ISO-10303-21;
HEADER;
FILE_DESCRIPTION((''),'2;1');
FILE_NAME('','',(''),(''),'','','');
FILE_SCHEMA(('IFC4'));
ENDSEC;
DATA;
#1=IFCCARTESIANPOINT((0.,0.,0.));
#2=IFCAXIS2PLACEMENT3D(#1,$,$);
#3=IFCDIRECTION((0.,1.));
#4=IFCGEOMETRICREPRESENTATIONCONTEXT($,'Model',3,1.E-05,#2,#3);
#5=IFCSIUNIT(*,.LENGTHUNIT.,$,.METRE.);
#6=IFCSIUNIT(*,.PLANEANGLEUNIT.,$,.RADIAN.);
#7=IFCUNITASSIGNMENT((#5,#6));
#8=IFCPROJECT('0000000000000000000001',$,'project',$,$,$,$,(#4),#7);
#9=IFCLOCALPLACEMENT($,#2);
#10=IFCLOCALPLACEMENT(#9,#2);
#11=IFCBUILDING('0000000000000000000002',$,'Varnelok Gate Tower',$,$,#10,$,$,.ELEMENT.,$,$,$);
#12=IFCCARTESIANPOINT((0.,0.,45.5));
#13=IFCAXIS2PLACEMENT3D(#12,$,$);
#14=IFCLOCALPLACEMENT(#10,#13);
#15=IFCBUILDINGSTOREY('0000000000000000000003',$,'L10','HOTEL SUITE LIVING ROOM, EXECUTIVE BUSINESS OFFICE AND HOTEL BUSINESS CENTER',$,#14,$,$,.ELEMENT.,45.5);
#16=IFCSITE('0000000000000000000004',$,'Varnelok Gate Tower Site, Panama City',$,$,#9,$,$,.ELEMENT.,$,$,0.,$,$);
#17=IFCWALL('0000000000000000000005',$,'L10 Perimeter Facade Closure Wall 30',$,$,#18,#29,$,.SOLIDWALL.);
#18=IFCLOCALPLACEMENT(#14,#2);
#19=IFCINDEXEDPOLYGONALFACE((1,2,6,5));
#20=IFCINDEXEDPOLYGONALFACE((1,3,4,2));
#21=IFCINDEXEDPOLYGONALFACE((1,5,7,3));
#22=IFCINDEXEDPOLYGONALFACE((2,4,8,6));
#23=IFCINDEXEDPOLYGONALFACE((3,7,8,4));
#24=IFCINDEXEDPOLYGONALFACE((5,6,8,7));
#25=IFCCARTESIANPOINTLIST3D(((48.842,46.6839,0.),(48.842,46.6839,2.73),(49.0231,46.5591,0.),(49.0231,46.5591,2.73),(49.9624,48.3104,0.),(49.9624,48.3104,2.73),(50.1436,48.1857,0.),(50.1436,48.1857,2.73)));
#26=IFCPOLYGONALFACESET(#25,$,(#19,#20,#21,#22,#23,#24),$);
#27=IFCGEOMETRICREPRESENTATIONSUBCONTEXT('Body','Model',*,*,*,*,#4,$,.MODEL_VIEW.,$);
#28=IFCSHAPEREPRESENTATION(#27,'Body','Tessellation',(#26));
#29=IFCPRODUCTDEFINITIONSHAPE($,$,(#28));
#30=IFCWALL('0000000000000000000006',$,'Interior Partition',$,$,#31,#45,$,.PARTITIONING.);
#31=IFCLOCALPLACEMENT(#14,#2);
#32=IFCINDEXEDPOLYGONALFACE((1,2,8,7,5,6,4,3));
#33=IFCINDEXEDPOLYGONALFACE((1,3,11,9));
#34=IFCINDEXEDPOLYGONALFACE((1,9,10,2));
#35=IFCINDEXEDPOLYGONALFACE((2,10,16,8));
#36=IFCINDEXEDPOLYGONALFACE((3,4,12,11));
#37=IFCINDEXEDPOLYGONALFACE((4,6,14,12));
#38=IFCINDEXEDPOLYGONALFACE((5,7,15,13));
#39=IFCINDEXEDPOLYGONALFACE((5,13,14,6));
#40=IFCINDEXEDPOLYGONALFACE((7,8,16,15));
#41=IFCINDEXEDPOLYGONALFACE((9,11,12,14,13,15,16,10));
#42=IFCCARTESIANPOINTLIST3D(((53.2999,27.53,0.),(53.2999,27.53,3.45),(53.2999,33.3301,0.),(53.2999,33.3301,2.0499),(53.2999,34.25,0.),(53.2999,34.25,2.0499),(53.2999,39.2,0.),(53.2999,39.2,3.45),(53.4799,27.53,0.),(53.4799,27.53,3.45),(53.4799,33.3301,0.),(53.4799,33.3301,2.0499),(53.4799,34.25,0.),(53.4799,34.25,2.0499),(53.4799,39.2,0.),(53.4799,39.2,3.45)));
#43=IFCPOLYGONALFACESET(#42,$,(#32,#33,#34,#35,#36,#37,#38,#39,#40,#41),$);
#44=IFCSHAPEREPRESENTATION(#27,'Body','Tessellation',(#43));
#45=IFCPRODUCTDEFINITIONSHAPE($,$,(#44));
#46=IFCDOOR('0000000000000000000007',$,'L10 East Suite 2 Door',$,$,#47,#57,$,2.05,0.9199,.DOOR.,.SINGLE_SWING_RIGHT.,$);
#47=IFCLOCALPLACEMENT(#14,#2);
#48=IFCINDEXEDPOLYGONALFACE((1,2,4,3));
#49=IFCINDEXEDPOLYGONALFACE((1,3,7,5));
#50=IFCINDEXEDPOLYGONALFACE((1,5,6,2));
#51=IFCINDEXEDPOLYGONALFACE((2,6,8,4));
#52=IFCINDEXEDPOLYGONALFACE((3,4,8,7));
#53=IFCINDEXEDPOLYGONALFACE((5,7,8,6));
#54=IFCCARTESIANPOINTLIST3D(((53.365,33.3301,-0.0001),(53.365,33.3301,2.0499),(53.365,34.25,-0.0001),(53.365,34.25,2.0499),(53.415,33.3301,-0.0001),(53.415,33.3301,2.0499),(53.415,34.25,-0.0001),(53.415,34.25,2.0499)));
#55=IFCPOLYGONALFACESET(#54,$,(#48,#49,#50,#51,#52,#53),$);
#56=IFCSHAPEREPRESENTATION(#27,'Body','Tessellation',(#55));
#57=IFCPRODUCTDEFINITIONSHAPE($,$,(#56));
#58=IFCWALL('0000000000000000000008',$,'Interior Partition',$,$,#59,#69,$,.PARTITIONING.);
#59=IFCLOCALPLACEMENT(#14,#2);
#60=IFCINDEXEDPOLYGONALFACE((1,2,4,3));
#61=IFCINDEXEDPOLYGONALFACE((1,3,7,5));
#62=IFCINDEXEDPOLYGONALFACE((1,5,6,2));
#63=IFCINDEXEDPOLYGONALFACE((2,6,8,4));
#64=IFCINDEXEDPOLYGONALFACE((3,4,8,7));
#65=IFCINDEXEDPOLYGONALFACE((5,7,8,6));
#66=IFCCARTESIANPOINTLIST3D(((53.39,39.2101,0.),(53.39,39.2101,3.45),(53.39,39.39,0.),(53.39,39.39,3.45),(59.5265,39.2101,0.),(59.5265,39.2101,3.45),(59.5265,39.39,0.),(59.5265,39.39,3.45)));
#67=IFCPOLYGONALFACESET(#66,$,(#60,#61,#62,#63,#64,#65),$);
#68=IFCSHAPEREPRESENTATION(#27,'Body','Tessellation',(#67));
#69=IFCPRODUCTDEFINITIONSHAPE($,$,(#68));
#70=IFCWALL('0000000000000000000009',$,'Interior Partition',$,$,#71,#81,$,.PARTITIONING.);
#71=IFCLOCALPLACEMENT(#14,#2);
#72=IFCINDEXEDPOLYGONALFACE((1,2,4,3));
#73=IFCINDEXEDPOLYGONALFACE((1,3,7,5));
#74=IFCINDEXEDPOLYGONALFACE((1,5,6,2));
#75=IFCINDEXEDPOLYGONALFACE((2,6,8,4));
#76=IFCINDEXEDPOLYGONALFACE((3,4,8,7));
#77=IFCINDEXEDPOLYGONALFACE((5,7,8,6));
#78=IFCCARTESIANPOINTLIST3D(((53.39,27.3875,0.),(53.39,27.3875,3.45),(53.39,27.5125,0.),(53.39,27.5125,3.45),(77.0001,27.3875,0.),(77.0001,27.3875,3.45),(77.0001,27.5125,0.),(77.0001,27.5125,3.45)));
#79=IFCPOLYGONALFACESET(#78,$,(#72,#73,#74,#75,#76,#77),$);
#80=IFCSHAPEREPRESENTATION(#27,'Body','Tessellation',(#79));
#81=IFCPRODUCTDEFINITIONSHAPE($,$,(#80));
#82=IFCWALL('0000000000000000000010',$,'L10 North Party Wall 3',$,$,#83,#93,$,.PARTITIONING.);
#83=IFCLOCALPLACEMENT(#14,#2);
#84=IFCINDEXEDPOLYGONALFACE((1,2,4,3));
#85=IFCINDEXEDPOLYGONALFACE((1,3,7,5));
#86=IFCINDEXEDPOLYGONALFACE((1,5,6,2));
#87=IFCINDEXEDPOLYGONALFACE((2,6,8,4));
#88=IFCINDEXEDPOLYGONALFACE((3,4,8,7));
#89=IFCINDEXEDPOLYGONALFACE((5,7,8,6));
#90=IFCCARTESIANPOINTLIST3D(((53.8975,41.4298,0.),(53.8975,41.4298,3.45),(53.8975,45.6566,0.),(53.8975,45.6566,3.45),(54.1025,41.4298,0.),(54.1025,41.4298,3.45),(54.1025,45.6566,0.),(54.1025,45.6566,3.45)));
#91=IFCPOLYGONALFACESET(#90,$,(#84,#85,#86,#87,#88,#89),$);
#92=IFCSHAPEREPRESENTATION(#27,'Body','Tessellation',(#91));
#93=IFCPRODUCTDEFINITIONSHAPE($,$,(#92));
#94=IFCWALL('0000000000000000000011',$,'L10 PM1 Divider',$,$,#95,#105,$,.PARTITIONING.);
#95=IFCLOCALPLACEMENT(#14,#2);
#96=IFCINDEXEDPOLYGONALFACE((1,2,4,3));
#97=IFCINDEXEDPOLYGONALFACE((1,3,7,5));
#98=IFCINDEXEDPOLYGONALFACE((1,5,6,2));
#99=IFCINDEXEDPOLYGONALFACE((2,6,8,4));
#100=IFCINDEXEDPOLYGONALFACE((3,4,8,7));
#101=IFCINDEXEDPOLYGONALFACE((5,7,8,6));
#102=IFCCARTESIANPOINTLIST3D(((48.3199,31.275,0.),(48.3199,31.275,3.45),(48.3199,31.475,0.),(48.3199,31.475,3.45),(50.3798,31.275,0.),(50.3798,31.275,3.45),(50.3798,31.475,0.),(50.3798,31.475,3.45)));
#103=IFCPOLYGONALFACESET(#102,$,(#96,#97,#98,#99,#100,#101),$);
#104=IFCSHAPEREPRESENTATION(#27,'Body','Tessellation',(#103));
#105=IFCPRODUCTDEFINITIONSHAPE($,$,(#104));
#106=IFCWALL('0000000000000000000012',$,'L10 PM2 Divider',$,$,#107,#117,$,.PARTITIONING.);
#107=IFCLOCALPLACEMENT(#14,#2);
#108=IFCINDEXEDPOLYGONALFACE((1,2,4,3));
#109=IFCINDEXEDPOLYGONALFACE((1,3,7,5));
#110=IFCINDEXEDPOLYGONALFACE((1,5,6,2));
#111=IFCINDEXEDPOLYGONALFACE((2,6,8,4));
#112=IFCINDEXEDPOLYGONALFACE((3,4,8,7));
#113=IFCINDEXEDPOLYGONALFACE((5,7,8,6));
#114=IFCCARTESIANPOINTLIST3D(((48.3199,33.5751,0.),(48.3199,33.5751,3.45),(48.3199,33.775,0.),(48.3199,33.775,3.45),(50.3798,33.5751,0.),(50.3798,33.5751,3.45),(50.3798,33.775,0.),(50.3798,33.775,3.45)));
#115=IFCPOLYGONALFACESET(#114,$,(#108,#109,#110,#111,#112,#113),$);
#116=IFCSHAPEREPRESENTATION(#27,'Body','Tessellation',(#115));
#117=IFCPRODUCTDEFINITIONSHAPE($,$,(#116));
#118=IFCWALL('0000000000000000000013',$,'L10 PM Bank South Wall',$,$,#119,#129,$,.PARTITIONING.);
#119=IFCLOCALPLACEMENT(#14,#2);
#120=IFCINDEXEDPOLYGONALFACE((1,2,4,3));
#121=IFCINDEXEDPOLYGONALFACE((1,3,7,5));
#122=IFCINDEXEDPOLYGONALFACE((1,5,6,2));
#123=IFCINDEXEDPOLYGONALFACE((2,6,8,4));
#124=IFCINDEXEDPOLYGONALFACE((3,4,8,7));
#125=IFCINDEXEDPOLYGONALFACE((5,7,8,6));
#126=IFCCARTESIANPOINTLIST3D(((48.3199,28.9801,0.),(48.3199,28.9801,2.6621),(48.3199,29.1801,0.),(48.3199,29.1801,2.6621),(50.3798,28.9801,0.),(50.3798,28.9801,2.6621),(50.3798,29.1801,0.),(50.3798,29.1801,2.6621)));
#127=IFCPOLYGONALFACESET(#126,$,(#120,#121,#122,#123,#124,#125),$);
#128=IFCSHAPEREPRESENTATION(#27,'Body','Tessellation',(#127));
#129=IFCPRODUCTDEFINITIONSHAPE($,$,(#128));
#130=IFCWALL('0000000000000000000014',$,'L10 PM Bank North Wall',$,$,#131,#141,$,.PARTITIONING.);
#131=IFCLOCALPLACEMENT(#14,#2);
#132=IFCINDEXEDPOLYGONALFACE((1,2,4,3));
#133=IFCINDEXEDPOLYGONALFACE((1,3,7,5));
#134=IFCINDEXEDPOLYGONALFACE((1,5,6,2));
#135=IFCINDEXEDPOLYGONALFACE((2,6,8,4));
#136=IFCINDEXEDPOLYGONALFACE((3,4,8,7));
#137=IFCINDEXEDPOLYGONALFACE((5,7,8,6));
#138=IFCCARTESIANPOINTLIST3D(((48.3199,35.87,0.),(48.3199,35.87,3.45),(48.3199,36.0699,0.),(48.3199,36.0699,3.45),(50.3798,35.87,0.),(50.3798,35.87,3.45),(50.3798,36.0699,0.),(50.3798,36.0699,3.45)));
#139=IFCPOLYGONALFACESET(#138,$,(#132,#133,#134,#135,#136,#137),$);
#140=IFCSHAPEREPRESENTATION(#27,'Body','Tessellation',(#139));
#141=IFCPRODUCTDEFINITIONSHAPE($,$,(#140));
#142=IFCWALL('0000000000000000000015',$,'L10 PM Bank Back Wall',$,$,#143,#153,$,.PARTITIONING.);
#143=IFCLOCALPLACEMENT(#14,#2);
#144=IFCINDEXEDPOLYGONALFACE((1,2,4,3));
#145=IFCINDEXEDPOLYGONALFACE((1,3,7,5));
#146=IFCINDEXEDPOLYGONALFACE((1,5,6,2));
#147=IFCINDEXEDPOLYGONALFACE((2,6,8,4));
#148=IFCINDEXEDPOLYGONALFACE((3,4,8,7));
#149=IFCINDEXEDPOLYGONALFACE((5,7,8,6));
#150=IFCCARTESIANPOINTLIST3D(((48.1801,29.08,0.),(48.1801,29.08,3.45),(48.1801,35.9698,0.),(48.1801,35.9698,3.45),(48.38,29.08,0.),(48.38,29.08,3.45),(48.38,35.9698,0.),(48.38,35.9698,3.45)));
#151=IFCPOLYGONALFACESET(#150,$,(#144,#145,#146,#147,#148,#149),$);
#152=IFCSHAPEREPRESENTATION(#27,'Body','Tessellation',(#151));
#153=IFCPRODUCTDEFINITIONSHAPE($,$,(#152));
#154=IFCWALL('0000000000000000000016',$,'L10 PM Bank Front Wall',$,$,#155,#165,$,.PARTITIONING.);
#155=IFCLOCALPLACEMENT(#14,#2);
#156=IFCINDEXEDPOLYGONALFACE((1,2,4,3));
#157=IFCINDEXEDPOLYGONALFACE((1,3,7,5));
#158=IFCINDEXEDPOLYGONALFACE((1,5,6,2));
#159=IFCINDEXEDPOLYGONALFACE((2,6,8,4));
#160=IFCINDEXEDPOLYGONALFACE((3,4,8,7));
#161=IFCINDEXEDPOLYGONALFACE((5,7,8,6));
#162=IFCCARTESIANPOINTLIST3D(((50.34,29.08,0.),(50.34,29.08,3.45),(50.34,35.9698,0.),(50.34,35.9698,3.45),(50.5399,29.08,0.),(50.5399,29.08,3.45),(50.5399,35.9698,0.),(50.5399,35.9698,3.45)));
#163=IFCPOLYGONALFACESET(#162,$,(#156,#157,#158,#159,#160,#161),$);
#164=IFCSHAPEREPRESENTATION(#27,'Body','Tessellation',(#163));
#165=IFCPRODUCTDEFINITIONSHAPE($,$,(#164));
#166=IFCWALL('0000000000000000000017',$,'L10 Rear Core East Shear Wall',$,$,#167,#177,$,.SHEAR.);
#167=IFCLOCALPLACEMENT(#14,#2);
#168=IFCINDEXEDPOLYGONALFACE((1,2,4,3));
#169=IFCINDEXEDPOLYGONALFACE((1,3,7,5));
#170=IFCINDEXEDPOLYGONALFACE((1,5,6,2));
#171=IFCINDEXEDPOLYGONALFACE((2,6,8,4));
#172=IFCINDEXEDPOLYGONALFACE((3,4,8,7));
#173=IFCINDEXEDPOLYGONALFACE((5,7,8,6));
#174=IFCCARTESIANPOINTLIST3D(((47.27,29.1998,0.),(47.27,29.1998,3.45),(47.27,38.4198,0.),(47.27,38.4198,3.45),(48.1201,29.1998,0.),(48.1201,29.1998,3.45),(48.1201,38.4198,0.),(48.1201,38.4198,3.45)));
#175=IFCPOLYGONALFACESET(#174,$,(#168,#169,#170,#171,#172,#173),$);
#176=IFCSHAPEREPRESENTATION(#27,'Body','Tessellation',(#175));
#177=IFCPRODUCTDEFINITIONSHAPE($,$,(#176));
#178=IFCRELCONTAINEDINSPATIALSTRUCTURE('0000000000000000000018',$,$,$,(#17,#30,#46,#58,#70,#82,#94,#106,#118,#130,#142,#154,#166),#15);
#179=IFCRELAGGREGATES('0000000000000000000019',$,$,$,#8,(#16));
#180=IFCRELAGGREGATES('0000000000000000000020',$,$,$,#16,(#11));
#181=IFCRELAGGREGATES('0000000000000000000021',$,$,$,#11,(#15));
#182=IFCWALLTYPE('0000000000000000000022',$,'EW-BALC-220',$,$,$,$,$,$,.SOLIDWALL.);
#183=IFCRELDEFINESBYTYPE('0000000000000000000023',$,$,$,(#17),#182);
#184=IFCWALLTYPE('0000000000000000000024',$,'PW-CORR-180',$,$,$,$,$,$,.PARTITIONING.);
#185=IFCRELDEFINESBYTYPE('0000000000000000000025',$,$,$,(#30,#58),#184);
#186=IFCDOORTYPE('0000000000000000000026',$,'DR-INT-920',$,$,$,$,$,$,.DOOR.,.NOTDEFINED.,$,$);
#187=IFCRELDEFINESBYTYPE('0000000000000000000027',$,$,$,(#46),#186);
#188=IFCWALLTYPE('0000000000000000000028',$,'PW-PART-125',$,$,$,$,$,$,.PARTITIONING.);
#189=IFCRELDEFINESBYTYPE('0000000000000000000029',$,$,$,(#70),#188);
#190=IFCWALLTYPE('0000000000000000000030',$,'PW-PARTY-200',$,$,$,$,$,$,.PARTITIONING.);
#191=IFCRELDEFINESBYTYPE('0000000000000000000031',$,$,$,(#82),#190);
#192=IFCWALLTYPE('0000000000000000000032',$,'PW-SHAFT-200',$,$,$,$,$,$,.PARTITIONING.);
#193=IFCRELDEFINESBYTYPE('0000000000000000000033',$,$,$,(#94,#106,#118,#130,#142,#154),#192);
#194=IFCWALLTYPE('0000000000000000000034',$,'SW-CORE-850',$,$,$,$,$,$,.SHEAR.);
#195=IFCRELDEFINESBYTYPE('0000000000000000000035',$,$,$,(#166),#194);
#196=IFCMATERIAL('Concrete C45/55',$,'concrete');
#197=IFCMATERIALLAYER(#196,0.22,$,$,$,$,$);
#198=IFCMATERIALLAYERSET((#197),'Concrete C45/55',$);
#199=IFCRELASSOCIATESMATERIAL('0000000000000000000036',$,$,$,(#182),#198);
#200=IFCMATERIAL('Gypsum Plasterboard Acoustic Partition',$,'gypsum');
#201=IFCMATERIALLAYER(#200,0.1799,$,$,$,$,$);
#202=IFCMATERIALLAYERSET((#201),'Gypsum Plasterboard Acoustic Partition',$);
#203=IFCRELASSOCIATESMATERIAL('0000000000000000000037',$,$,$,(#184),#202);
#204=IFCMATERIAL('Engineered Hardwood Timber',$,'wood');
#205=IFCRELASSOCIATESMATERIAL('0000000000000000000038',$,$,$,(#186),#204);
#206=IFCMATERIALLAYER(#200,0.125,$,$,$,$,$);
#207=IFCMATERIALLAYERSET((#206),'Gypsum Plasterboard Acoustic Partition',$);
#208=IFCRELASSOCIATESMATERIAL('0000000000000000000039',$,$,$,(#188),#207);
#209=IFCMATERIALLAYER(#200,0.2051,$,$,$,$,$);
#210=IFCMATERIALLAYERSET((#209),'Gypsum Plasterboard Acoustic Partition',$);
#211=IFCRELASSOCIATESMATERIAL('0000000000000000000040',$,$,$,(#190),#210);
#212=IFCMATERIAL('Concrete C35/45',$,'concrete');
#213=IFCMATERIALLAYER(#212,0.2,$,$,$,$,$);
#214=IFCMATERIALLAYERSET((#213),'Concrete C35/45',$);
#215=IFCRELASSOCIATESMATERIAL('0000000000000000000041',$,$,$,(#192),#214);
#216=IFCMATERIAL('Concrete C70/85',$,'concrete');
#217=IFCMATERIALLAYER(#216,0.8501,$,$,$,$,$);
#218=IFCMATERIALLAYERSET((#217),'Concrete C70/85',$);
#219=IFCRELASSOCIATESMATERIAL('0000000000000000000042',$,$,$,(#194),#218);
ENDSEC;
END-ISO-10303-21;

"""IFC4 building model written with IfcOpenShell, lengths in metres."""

from ifc_helpers import new_model, si_unit, direction, frame, frame_2d, origin, place, context, subcontext, project, spatial, rectangle, extrude, material, layer, layer_set, type_object, element, fill, save


model = new_model("IFC4")

# Units and contexts
model_context = context("Model", 3, precision=1e-05, world=origin(), true_north=direction((0.0, 1.0)))
body_context = subcontext(model_context, "Body", "Model", "MODEL_VIEW")
ifc_project = project(units=[si_unit("LENGTHUNIT", "METRE"), si_unit("PLANEANGLEUNIT", "RADIAN")], contexts=[model_context])

# Site, building, storey
site_placement = place(None, origin())
site = spatial("IfcSite", under=ifc_project, at=site_placement, Name="Varnelok Gate Tower Site, Panama City", CompositionType="ELEMENT", RefElevation=0.0)
building_placement = place(site_placement, origin())
building = spatial("IfcBuilding", under=site, at=building_placement, Name="Varnelok Gate Tower", CompositionType="ELEMENT")
storey_placement = place(building_placement, frame((0.0, 0.0, 45.5)))
storey = spatial("IfcBuildingStorey", under=building, at=storey_placement, Name="L10", Description="HOTEL SUITE LIVING ROOM, EXECUTIVE BUSINESS OFFICE AND HOTEL BUSINESS CENTER", CompositionType="ELEMENT", Elevation=45.5)

# Shared definitions
ifc_material_1 = material(Name="Concrete C70/85", Category="concrete")

# Wall
ifc_material_2 = material(Name="Concrete C45/55", Category="concrete")
ifc_layer_1 = layer(ifc_material_2, 0.22)
ifc_layer_set_1 = layer_set([ifc_layer_1], Name="Concrete C45/55")
wall_type_1 = type_object("IfcWallType", Name="EW-BALC-220", PredefinedType="SOLIDWALL", material=ifc_layer_set_1)
wall_1_placement = place(storey_placement, frame((50.053, 48.248, 0.0), z_axis=(0.0, 0.0, 1.0), x_axis=(-0.567274, -0.823529, 0.0)))
element("IfcWall", 1, at=wall_1_placement, inside=storey, type_object=wall_type_1, Name="L10 Perimeter Facade Closure Wall 30", PredefinedType="SOLIDWALL", context=body_context, shape_type="SweptSolid", body=[
    extrude(rectangle(XDim=1.9751, YDim=0.22, at=frame_2d((0.9875, 0.0))), origin(), (0.0, 0.0, 1.0), 2.73),
])

# Wall, opening, door
ifc_material_3 = material(Name="Gypsum Plasterboard Acoustic Partition", Category="gypsum")
ifc_layer_2 = layer(ifc_material_3, 0.1799)
ifc_layer_set_2 = layer_set([ifc_layer_2], Name="Gypsum Plasterboard Acoustic Partition")
wall_type_2 = type_object("IfcWallType", Name="PW-CORR-180", PredefinedType="PARTITIONING", material=ifc_layer_set_2)
wall_2_placement = place(storey_placement, frame((53.3899, 27.53, 0.0), z_axis=(0.0, 0.0, 1.0), x_axis=(0.0, 1.0, 0.0)))
wall_2 = element("IfcWall", 2, at=wall_2_placement, inside=storey, type_object=wall_type_2, Name="Interior Partition", PredefinedType="PARTITIONING", context=body_context, shape_type="SweptSolid", body=[
    extrude(rectangle(XDim=11.6699, YDim=0.1799, at=frame_2d((5.835, 0.0))), origin(), (0.0, 0.0, 1.0), 3.45),
])
opening_placement = place(wall_2_placement, frame((5.8, 0.0, 0.0)))
opening = element("IfcOpeningElement", 3, at=opening_placement, cuts=wall_2, PredefinedType="OPENING", context=body_context, shape_type="SweptSolid", body=[
    extrude(rectangle(XDim=0.9199, YDim=2.05, at=frame_2d((0.46, 1.0249))), frame((0.0, 0.0999, 0.0), z_axis=(0.0, -1.0, 0.0), x_axis=(1.0, 0.0, 0.0)), (0.0, 0.0, 1.0), 0.2),
])
ifc_material_4 = material(Name="Engineered Hardwood Timber", Category="wood")
door_type = type_object("IfcDoorType", Name="DR-INT-920", OperationType="NOTDEFINED", PredefinedType="DOOR", material=ifc_material_4)
door_placement = place(opening_placement, origin())
door = element("IfcDoor", 4, at=door_placement, inside=storey, type_object=door_type, Name="L10 East Suite 2 Door", OperationType="SINGLE_SWING_RIGHT", OverallHeight=2.05, OverallWidth=0.9199, PredefinedType="DOOR", context=body_context, shape_type="SweptSolid", body=[
    extrude(rectangle(XDim=0.9199, YDim=2.05, at=frame_2d((0.46, 1.0249))), frame((0.0, 0.0249, 0.0), z_axis=(0.0, -1.0, 0.0), x_axis=(1.0, 0.0, 0.0)), (0.0, 0.0, 1.0), 0.05),
])
fill(opening, door)

# Walls
wall_3_placement = place(storey_placement, frame((53.3899, 39.3, 0.0), z_axis=(0.0, 0.0, 1.0), x_axis=(1.0, 0.0, 0.0)))
element("IfcWall", 5, at=wall_3_placement, inside=storey, type_object=wall_type_2, Name="Interior Partition", PredefinedType="PARTITIONING", context=body_context, shape_type="SweptSolid", body=[
    extrude(rectangle(XDim=6.1365, YDim=0.1799, at=frame_2d((3.0684, 0.0))), origin(), (0.0, 0.0, 1.0), 3.45),
])
ifc_layer_3 = layer(ifc_material_3, 0.125)
ifc_layer_set_3 = layer_set([ifc_layer_3], Name="Gypsum Plasterboard Acoustic Partition")
wall_type_3 = type_object("IfcWallType", Name="PW-PART-125", PredefinedType="PARTITIONING", material=ifc_layer_set_3)
wall_4_placement = place(storey_placement, frame((53.3899, 27.45, 0.0), z_axis=(0.0, 0.0, 1.0), x_axis=(1.0, 0.0, 0.0)))
element("IfcWall", 6, at=wall_4_placement, inside=storey, type_object=wall_type_3, Name="Interior Partition", PredefinedType="PARTITIONING", context=body_context, shape_type="SweptSolid", body=[
    extrude(rectangle(XDim=23.6101, YDim=0.125, at=frame_2d((11.8052, 0.0))), origin(), (0.0, 0.0, 1.0), 3.45),
])
ifc_layer_4 = layer(ifc_material_3, 0.2051)
ifc_layer_set_4 = layer_set([ifc_layer_4], Name="Gypsum Plasterboard Acoustic Partition")
wall_type_4 = type_object("IfcWallType", Name="PW-PARTY-200", PredefinedType="PARTITIONING", material=ifc_layer_set_4)
wall_5_placement = place(storey_placement, frame((54.0, 41.4299, 0.0), z_axis=(0.0, 0.0, 1.0), x_axis=(0.0, 1.0, 0.0)))
element("IfcWall", 7, at=wall_5_placement, inside=storey, type_object=wall_type_4, Name="L10 North Party Wall 3", PredefinedType="PARTITIONING", context=body_context, shape_type="SweptSolid", body=[
    extrude(rectangle(XDim=4.2268, YDim=0.2051, at=frame_2d((2.1133, 0.0))), origin(), (0.0, 0.0, 1.0), 3.45),
])
ifc_material_5 = material(Name="Concrete C35/45", Category="concrete")
ifc_layer_5 = layer(ifc_material_5, 0.2)
ifc_layer_set_5 = layer_set([ifc_layer_5], Name="Concrete C35/45")
wall_type_5 = type_object("IfcWallType", Name="PW-SHAFT-200", PredefinedType="PARTITIONING", material=ifc_layer_set_5)
for number, where, z_axis, x_axis, name in (
    (8, (48.3201, 31.375, 0.0), (0.0, 0.0, 1.0), (1.0, 0.0, 0.0), "L10 PM1 Divider"),
    (9, (48.3201, 33.675, 0.0), (0.0, 0.0, 1.0), (1.0, 0.0, 0.0), "L10 PM2 Divider"),
):
    element("IfcWall", number, at=place(storey_placement, frame(where, z_axis=z_axis, x_axis=x_axis)), inside=storey, type_object=wall_type_5, Name=name, PredefinedType="PARTITIONING", context=body_context, shape_type="SweptSolid", body=[
        extrude(rectangle(XDim=2.0598, YDim=0.2, at=frame_2d((1.0298, 0.0))), origin(), (0.0, 0.0, 1.0), 3.45),
    ])
wall_6_placement = place(storey_placement, frame((48.3201, 29.0801, 0.0), z_axis=(0.0, 0.0, 1.0), x_axis=(1.0, 0.0, 0.0)))
element("IfcWall", 10, at=wall_6_placement, inside=storey, type_object=wall_type_5, Name="L10 PM Bank South Wall", PredefinedType="PARTITIONING", context=body_context, shape_type="SweptSolid", body=[
    extrude(rectangle(XDim=2.0598, YDim=0.2, at=frame_2d((1.0298, 0.0))), origin(), (0.0, 0.0, 1.0), 2.6621),
])
wall_7_placement = place(storey_placement, frame((48.3201, 35.97, 0.0), z_axis=(0.0, 0.0, 1.0), x_axis=(1.0, 0.0, 0.0)))
element("IfcWall", 11, at=wall_7_placement, inside=storey, type_object=wall_type_5, Name="L10 PM Bank North Wall", PredefinedType="PARTITIONING", context=body_context, shape_type="SweptSolid", body=[
    extrude(rectangle(XDim=2.0598, YDim=0.2, at=frame_2d((1.0298, 0.0))), origin(), (0.0, 0.0, 1.0), 3.45),
])
for number, where, z_axis, x_axis, name in (
    (12, (48.28, 29.0801, 0.0), (0.0, 0.0, 1.0), (0.0, 1.0, 0.0), "L10 PM Bank Back Wall"),
    (13, (50.4399, 29.0801, 0.0), (0.0, 0.0, 1.0), (0.0, 1.0, 0.0), "L10 PM Bank Front Wall"),
):
    element("IfcWall", number, at=place(storey_placement, frame(where, z_axis=z_axis, x_axis=x_axis)), inside=storey, type_object=wall_type_5, Name=name, PredefinedType="PARTITIONING", context=body_context, shape_type="SweptSolid", body=[
        extrude(rectangle(XDim=6.8899, YDim=0.2, at=frame_2d((3.4448, 0.0))), origin(), (0.0, 0.0, 1.0), 3.45),
    ])
ifc_layer_6 = layer(ifc_material_1, 0.8501)
ifc_layer_set_6 = layer_set([ifc_layer_6], Name="Concrete C70/85")
wall_type_6 = type_object("IfcWallType", Name="SW-CORE-850", PredefinedType="SHEAR", material=ifc_layer_set_6)
wall_8_placement = place(storey_placement, frame((47.6951, 29.2, 0.0), z_axis=(0.0, 0.0, 1.0), x_axis=(0.0, 1.0, 0.0)))
element("IfcWall", 14, at=wall_8_placement, inside=storey, type_object=wall_type_6, Name="L10 Rear Core East Shear Wall", PredefinedType="SHEAR", context=body_context, shape_type="SweptSolid", body=[
    extrude(rectangle(XDim=9.22, YDim=0.8501, at=frame_2d((4.6099, 0.0))), origin(), (0.0, 0.0, 1.0), 3.45),
])

save(model, "model.ifc")
